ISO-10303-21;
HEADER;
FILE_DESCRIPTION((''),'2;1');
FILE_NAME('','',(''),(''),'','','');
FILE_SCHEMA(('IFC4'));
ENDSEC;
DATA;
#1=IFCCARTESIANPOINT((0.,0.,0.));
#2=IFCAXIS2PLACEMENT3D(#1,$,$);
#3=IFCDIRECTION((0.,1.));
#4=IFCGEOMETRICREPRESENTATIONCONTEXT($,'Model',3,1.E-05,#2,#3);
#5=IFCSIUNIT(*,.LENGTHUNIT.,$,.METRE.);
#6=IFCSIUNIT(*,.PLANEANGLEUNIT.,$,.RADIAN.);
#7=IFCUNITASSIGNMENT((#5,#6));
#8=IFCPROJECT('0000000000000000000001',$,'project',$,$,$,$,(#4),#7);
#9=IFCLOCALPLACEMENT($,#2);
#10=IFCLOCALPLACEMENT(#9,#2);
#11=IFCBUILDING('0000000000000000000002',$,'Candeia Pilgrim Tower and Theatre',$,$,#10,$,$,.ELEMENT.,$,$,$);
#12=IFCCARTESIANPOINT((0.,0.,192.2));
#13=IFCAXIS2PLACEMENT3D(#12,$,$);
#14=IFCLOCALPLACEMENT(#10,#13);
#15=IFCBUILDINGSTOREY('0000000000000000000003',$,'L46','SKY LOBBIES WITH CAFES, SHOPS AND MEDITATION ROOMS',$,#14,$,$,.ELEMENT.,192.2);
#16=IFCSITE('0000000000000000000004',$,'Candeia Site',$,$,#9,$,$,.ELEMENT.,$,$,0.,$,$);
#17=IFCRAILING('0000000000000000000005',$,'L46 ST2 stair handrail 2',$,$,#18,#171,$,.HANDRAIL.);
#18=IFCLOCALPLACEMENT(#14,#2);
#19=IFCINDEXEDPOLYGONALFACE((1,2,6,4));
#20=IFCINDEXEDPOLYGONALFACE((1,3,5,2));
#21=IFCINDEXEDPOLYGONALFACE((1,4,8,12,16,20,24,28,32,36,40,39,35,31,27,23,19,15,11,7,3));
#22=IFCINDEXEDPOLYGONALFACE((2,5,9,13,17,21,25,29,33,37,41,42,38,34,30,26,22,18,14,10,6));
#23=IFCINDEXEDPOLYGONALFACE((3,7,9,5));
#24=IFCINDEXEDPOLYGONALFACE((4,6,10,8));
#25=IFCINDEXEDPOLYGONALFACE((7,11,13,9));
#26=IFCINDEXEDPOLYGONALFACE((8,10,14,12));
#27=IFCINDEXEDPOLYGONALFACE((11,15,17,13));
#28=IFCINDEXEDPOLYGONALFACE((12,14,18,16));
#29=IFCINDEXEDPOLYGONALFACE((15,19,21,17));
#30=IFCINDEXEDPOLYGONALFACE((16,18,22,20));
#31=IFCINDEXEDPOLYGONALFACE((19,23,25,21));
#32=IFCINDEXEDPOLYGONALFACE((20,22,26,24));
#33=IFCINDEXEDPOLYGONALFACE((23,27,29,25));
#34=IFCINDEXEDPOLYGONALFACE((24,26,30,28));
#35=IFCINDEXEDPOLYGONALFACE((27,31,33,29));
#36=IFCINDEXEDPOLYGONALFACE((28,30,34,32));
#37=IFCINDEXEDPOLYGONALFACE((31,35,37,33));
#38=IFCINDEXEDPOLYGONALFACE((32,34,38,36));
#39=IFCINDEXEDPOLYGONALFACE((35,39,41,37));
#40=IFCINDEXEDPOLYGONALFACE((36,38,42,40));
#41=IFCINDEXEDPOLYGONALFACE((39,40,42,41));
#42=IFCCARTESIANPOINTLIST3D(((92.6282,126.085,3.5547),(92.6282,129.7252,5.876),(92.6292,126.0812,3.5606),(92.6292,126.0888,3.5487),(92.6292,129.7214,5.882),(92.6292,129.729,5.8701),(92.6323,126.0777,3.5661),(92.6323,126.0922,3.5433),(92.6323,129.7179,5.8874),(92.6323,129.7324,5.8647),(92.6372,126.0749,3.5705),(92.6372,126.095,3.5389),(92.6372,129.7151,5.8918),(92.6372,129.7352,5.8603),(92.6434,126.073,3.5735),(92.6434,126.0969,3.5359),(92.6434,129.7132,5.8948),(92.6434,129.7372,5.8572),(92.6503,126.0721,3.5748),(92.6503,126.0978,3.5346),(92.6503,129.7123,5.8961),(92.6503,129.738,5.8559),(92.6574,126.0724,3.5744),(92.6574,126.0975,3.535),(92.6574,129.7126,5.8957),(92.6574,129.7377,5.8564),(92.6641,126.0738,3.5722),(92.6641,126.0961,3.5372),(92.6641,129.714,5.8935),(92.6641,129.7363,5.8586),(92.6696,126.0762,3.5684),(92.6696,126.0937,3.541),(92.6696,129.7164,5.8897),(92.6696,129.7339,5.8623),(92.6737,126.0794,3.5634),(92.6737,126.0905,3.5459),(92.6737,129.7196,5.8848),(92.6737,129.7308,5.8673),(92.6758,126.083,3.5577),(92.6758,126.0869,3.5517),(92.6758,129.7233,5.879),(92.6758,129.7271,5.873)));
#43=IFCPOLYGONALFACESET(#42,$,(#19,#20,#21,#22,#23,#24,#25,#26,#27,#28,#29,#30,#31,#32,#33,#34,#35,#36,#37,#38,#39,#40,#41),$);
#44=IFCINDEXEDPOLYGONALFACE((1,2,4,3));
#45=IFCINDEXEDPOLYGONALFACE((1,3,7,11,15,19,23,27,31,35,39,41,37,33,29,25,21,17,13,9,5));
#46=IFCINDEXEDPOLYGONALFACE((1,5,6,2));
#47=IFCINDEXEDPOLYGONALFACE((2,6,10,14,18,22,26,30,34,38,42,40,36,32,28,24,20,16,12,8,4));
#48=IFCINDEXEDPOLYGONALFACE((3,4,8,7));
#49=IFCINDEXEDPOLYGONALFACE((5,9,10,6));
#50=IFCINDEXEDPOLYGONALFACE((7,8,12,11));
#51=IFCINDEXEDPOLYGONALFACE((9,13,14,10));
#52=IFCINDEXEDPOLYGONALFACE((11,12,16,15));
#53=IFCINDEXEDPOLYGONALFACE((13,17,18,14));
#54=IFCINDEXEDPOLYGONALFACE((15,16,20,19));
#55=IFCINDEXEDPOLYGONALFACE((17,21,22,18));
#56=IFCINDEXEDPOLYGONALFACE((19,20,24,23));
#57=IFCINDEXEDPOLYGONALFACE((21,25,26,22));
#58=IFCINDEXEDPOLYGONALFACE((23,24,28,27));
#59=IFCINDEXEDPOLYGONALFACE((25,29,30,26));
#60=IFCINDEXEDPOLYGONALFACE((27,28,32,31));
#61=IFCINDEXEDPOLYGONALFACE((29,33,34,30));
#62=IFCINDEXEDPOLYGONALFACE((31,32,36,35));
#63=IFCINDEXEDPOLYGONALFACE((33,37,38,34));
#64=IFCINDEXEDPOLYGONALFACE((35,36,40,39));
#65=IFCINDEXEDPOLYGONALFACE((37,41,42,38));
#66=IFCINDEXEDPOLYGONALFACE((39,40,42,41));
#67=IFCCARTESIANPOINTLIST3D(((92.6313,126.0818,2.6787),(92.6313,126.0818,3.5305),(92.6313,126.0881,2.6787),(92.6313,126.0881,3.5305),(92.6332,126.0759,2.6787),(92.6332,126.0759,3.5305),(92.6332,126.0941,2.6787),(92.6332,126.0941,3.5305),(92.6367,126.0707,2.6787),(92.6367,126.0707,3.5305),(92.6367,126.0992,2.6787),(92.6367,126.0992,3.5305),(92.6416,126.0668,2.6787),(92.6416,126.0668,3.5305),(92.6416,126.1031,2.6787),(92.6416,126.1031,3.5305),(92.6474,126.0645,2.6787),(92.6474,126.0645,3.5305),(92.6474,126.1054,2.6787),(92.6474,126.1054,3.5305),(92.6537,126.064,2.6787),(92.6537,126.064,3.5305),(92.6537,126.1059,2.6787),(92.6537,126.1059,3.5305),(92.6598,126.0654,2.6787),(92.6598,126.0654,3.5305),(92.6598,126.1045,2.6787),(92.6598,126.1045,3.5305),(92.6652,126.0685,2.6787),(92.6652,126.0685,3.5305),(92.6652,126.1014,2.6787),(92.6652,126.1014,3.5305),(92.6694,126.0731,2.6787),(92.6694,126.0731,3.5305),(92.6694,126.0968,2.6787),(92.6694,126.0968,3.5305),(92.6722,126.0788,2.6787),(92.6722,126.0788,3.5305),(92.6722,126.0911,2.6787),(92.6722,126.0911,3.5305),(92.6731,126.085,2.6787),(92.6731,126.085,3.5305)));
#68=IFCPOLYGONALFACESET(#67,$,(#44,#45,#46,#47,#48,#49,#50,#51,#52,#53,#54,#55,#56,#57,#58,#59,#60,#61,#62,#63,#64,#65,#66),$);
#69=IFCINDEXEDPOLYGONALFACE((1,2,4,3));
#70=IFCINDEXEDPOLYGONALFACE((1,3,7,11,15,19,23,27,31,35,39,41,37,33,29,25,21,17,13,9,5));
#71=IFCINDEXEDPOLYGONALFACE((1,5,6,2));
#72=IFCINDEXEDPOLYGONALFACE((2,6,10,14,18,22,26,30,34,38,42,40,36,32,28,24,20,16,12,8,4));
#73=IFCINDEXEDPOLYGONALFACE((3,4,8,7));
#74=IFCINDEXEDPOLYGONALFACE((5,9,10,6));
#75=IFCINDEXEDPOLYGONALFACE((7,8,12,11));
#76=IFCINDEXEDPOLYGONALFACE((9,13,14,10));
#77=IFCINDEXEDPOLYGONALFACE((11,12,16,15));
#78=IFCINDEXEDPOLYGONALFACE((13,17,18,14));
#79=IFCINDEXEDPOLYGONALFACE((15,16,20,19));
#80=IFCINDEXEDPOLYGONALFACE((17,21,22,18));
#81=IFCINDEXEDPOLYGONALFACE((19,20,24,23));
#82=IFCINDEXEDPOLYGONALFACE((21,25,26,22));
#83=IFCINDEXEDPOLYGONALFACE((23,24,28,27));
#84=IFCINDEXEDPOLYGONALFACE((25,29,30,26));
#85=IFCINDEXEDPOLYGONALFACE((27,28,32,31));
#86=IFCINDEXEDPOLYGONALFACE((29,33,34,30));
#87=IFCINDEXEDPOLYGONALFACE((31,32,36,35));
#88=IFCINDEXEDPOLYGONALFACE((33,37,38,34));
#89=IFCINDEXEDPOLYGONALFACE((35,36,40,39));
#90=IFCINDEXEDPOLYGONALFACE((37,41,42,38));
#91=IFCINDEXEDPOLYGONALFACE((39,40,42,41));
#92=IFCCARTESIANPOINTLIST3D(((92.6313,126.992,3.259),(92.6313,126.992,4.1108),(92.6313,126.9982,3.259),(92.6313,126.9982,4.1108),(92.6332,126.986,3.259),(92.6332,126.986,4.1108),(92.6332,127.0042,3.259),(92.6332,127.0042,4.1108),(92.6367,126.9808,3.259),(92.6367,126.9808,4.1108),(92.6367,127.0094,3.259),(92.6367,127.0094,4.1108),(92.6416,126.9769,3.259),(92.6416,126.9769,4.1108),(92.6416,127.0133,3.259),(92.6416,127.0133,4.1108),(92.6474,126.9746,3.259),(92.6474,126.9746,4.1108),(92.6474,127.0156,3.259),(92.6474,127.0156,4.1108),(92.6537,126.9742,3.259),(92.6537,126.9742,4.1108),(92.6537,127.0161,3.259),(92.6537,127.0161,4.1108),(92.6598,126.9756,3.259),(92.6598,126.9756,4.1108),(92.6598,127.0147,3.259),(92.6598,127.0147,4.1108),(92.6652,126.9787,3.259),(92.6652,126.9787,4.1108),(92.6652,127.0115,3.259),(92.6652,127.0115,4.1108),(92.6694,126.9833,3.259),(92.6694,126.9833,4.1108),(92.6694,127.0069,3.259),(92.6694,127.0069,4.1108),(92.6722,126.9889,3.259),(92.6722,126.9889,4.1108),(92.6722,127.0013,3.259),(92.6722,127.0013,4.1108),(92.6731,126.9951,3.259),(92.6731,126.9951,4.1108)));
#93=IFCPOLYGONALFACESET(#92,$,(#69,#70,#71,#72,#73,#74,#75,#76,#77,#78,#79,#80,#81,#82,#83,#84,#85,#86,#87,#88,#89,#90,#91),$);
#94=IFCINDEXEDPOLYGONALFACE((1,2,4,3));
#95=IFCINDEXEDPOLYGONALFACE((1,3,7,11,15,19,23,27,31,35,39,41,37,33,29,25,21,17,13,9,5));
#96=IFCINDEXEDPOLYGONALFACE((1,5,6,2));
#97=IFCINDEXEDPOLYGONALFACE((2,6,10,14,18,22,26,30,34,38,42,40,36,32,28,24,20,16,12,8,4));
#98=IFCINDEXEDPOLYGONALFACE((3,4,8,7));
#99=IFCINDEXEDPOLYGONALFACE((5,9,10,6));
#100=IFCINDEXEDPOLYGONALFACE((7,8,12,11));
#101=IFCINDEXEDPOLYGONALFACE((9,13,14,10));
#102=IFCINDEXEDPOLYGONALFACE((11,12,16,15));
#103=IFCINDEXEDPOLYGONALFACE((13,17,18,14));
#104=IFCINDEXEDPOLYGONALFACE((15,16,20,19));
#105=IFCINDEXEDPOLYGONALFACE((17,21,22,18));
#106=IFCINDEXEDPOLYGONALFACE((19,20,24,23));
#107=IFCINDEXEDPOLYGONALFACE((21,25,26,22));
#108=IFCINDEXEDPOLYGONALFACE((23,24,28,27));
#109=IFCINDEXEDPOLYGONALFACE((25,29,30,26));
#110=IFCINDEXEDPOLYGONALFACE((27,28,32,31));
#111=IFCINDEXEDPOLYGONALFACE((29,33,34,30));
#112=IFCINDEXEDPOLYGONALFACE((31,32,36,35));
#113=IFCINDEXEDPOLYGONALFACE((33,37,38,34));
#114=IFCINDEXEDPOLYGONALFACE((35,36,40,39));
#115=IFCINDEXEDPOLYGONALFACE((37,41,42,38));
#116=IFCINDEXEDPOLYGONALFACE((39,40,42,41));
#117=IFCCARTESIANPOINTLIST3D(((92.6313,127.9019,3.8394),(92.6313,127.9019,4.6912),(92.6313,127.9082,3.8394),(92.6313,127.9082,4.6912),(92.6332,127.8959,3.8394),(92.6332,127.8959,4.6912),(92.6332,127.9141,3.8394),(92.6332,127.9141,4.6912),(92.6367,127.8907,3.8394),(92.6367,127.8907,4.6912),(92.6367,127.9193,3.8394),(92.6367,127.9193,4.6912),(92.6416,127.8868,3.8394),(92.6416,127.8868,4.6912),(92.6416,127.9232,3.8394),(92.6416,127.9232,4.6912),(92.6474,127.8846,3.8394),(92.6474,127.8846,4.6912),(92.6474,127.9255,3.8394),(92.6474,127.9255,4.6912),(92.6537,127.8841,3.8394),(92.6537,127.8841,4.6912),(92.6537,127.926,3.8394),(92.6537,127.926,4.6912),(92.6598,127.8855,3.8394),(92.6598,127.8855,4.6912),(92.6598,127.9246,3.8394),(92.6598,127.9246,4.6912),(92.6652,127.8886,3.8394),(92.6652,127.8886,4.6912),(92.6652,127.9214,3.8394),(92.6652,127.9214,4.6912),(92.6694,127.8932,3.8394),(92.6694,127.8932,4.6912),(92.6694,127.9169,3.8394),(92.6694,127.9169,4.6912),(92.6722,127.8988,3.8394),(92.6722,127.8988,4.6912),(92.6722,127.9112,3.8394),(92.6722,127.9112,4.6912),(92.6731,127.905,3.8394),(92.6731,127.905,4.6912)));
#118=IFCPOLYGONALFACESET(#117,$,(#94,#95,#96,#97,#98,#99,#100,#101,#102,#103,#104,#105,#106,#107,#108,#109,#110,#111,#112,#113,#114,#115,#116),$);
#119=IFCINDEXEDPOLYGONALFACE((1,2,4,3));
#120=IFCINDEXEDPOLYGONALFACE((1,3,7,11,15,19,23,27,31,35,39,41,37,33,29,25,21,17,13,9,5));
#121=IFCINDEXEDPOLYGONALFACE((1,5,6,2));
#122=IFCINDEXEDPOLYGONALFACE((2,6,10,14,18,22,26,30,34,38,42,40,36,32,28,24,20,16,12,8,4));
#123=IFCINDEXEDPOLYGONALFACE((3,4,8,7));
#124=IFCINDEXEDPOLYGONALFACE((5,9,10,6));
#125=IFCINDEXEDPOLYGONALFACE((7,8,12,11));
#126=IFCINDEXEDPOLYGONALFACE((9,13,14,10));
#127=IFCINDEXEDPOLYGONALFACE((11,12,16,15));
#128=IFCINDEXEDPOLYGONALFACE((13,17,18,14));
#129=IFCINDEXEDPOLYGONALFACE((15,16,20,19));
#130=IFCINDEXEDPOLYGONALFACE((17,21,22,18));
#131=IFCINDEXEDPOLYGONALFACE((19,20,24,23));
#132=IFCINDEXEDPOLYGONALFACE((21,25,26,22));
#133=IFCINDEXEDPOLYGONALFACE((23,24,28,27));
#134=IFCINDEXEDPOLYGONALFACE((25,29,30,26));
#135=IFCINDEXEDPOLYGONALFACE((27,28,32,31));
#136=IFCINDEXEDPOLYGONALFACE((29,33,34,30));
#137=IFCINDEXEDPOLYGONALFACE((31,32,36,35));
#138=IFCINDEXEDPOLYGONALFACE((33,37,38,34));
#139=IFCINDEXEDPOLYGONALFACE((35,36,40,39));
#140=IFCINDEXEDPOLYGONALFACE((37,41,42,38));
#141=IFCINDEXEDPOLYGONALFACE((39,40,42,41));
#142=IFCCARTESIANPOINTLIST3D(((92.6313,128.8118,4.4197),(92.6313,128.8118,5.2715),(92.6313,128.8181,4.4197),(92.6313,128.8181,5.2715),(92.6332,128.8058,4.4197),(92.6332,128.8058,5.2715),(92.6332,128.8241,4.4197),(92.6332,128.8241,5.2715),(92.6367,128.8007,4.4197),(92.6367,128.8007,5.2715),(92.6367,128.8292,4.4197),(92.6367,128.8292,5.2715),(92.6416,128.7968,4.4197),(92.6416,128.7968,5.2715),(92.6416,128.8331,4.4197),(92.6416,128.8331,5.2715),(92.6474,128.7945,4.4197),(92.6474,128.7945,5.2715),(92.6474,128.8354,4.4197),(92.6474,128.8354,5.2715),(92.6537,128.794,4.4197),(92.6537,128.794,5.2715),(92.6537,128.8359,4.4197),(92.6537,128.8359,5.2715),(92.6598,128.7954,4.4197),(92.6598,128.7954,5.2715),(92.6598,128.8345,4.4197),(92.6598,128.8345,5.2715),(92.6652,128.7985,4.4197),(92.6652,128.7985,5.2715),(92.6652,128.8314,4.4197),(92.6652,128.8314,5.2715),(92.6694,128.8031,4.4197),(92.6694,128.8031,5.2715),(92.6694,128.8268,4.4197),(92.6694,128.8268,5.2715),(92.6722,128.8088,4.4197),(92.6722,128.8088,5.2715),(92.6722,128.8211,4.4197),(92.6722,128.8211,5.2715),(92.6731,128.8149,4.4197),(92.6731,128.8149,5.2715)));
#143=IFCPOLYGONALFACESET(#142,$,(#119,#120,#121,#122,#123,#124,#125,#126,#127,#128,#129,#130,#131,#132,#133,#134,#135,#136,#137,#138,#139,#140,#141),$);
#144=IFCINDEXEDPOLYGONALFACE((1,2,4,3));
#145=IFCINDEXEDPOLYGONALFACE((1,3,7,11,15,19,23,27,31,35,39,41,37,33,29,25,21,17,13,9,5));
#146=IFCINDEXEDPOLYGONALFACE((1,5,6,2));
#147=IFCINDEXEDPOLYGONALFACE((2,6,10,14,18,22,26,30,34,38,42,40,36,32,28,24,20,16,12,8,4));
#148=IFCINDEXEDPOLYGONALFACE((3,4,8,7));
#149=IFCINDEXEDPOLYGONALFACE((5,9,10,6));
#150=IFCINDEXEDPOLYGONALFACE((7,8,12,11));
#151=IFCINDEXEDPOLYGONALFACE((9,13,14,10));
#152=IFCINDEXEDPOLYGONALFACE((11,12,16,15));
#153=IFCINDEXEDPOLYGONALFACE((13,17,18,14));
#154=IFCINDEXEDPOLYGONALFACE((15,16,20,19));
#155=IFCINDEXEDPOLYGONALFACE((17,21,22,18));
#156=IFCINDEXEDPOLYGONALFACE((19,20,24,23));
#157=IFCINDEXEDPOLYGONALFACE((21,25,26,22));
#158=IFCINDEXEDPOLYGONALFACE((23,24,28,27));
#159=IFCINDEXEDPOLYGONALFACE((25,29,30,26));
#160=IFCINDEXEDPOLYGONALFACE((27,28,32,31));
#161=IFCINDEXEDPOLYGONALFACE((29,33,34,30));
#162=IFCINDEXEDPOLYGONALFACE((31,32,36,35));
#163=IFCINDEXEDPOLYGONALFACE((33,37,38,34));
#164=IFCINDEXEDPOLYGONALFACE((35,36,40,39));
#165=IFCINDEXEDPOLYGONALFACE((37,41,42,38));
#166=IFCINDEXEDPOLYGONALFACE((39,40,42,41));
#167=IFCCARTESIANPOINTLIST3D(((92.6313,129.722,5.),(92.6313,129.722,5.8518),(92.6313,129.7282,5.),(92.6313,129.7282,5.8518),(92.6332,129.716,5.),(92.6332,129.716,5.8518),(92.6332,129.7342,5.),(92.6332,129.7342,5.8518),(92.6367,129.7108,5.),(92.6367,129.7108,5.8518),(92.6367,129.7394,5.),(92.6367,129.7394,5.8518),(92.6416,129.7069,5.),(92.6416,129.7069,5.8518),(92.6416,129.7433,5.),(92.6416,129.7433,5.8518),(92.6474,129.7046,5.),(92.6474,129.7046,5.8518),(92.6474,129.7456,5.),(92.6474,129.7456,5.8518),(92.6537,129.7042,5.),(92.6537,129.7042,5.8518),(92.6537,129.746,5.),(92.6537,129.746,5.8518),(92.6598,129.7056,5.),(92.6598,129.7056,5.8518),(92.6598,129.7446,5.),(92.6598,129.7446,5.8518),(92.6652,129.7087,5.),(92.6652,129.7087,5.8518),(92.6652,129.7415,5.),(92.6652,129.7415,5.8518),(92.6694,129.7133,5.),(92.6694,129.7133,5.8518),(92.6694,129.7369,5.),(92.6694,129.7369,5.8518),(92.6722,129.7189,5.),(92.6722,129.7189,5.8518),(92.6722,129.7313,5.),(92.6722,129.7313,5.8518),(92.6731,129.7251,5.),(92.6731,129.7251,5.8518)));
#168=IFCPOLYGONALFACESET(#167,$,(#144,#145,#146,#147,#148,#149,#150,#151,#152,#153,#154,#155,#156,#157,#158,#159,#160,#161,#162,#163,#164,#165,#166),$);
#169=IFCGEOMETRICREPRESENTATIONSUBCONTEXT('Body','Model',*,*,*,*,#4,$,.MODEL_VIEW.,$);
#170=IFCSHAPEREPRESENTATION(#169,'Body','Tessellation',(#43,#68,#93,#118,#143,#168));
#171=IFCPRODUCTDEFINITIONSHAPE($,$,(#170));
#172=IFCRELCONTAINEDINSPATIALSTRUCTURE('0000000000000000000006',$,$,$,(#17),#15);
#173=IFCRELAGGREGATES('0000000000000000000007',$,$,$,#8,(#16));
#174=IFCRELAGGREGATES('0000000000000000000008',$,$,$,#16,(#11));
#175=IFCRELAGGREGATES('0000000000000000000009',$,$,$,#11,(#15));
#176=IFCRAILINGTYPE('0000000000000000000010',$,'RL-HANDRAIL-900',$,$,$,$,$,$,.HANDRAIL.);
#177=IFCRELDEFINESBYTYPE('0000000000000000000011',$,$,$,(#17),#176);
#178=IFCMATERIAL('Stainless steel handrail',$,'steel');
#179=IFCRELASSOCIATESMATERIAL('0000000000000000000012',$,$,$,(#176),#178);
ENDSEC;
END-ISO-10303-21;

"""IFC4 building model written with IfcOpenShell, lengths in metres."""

from ifc_helpers import new_model, si_unit, direction, frame, origin, origin_2d, place, context, subcontext, project, spatial, circle, extrude, material, type_object, element, save


model = new_model("IFC4")

# Units and contexts
model_context = context("Model", 3, precision=1e-05, world=origin(), true_north=direction((0.0, 1.0)))
body_context = subcontext(model_context, "Body", "Model", "MODEL_VIEW")
ifc_project = project(units=[si_unit("LENGTHUNIT", "METRE"), si_unit("PLANEANGLEUNIT", "RADIAN")], contexts=[model_context])

# Site, building, storey
site_placement = place(None, origin())
site = spatial("IfcSite", under=ifc_project, at=site_placement, Name="Candeia Site", CompositionType="ELEMENT", RefElevation=0.0)
building_placement = place(site_placement, origin())
building = spatial("IfcBuilding", under=site, at=building_placement, Name="Candeia Pilgrim Tower and Theatre", CompositionType="ELEMENT")
storey_placement = place(building_placement, frame((0.0, 0.0, 192.2)))
storey = spatial("IfcBuildingStorey", under=building, at=storey_placement, Name="L46", Description="SKY LOBBIES WITH CAFES, SHOPS AND MEDITATION ROOMS", CompositionType="ELEMENT", Elevation=192.2)

# Railing
ifc_material_1 = material(Name="Stainless steel handrail", Category="steel")
railing_type = type_object("IfcRailingType", Name="RL-HANDRAIL-900", PredefinedType="HANDRAIL", material=ifc_material_1)
for number, where, name in (
    (1, (92.6521, 126.085, 2.6787), "L46 ST2 stair handrail 2"),
):
    element("IfcRailing", number, at=place(storey_placement, frame(where)), inside=storey, type_object=railing_type, Name=name, PredefinedType="HANDRAIL", context=body_context, shape_type="SweptSolid", body=[
        extrude(circle(Radius=0.0239, at=origin_2d()), frame((0.0, 0.0, 0.876), z_axis=(0.0, 0.843153, 0.537673), x_axis=(-1.0, 0.0, 0.0)), (0.0, 0.0, 1.0), 4.3174),
        extrude(circle(Radius=0.021, at=origin_2d()), origin(), (0.0, 0.0, 1.0), 0.8518),
        extrude(circle(Radius=0.021, at=origin_2d()), frame((0.0, 0.9102, 0.5803)), (0.0, 0.0, 1.0), 0.8518),
        extrude(circle(Radius=0.021, at=origin_2d()), frame((0.0, 1.8201, 1.1606)), (0.0, 0.0, 1.0), 0.8518),
        extrude(circle(Radius=0.021, at=origin_2d()), frame((0.0, 2.73, 1.741)), (0.0, 0.0, 1.0), 0.8518),
        extrude(circle(Radius=0.021, at=origin_2d()), frame((0.0, 3.6401, 2.3213)), (0.0, 0.0, 1.0), 0.8518),
    ])

save(model, "model.ifc")
